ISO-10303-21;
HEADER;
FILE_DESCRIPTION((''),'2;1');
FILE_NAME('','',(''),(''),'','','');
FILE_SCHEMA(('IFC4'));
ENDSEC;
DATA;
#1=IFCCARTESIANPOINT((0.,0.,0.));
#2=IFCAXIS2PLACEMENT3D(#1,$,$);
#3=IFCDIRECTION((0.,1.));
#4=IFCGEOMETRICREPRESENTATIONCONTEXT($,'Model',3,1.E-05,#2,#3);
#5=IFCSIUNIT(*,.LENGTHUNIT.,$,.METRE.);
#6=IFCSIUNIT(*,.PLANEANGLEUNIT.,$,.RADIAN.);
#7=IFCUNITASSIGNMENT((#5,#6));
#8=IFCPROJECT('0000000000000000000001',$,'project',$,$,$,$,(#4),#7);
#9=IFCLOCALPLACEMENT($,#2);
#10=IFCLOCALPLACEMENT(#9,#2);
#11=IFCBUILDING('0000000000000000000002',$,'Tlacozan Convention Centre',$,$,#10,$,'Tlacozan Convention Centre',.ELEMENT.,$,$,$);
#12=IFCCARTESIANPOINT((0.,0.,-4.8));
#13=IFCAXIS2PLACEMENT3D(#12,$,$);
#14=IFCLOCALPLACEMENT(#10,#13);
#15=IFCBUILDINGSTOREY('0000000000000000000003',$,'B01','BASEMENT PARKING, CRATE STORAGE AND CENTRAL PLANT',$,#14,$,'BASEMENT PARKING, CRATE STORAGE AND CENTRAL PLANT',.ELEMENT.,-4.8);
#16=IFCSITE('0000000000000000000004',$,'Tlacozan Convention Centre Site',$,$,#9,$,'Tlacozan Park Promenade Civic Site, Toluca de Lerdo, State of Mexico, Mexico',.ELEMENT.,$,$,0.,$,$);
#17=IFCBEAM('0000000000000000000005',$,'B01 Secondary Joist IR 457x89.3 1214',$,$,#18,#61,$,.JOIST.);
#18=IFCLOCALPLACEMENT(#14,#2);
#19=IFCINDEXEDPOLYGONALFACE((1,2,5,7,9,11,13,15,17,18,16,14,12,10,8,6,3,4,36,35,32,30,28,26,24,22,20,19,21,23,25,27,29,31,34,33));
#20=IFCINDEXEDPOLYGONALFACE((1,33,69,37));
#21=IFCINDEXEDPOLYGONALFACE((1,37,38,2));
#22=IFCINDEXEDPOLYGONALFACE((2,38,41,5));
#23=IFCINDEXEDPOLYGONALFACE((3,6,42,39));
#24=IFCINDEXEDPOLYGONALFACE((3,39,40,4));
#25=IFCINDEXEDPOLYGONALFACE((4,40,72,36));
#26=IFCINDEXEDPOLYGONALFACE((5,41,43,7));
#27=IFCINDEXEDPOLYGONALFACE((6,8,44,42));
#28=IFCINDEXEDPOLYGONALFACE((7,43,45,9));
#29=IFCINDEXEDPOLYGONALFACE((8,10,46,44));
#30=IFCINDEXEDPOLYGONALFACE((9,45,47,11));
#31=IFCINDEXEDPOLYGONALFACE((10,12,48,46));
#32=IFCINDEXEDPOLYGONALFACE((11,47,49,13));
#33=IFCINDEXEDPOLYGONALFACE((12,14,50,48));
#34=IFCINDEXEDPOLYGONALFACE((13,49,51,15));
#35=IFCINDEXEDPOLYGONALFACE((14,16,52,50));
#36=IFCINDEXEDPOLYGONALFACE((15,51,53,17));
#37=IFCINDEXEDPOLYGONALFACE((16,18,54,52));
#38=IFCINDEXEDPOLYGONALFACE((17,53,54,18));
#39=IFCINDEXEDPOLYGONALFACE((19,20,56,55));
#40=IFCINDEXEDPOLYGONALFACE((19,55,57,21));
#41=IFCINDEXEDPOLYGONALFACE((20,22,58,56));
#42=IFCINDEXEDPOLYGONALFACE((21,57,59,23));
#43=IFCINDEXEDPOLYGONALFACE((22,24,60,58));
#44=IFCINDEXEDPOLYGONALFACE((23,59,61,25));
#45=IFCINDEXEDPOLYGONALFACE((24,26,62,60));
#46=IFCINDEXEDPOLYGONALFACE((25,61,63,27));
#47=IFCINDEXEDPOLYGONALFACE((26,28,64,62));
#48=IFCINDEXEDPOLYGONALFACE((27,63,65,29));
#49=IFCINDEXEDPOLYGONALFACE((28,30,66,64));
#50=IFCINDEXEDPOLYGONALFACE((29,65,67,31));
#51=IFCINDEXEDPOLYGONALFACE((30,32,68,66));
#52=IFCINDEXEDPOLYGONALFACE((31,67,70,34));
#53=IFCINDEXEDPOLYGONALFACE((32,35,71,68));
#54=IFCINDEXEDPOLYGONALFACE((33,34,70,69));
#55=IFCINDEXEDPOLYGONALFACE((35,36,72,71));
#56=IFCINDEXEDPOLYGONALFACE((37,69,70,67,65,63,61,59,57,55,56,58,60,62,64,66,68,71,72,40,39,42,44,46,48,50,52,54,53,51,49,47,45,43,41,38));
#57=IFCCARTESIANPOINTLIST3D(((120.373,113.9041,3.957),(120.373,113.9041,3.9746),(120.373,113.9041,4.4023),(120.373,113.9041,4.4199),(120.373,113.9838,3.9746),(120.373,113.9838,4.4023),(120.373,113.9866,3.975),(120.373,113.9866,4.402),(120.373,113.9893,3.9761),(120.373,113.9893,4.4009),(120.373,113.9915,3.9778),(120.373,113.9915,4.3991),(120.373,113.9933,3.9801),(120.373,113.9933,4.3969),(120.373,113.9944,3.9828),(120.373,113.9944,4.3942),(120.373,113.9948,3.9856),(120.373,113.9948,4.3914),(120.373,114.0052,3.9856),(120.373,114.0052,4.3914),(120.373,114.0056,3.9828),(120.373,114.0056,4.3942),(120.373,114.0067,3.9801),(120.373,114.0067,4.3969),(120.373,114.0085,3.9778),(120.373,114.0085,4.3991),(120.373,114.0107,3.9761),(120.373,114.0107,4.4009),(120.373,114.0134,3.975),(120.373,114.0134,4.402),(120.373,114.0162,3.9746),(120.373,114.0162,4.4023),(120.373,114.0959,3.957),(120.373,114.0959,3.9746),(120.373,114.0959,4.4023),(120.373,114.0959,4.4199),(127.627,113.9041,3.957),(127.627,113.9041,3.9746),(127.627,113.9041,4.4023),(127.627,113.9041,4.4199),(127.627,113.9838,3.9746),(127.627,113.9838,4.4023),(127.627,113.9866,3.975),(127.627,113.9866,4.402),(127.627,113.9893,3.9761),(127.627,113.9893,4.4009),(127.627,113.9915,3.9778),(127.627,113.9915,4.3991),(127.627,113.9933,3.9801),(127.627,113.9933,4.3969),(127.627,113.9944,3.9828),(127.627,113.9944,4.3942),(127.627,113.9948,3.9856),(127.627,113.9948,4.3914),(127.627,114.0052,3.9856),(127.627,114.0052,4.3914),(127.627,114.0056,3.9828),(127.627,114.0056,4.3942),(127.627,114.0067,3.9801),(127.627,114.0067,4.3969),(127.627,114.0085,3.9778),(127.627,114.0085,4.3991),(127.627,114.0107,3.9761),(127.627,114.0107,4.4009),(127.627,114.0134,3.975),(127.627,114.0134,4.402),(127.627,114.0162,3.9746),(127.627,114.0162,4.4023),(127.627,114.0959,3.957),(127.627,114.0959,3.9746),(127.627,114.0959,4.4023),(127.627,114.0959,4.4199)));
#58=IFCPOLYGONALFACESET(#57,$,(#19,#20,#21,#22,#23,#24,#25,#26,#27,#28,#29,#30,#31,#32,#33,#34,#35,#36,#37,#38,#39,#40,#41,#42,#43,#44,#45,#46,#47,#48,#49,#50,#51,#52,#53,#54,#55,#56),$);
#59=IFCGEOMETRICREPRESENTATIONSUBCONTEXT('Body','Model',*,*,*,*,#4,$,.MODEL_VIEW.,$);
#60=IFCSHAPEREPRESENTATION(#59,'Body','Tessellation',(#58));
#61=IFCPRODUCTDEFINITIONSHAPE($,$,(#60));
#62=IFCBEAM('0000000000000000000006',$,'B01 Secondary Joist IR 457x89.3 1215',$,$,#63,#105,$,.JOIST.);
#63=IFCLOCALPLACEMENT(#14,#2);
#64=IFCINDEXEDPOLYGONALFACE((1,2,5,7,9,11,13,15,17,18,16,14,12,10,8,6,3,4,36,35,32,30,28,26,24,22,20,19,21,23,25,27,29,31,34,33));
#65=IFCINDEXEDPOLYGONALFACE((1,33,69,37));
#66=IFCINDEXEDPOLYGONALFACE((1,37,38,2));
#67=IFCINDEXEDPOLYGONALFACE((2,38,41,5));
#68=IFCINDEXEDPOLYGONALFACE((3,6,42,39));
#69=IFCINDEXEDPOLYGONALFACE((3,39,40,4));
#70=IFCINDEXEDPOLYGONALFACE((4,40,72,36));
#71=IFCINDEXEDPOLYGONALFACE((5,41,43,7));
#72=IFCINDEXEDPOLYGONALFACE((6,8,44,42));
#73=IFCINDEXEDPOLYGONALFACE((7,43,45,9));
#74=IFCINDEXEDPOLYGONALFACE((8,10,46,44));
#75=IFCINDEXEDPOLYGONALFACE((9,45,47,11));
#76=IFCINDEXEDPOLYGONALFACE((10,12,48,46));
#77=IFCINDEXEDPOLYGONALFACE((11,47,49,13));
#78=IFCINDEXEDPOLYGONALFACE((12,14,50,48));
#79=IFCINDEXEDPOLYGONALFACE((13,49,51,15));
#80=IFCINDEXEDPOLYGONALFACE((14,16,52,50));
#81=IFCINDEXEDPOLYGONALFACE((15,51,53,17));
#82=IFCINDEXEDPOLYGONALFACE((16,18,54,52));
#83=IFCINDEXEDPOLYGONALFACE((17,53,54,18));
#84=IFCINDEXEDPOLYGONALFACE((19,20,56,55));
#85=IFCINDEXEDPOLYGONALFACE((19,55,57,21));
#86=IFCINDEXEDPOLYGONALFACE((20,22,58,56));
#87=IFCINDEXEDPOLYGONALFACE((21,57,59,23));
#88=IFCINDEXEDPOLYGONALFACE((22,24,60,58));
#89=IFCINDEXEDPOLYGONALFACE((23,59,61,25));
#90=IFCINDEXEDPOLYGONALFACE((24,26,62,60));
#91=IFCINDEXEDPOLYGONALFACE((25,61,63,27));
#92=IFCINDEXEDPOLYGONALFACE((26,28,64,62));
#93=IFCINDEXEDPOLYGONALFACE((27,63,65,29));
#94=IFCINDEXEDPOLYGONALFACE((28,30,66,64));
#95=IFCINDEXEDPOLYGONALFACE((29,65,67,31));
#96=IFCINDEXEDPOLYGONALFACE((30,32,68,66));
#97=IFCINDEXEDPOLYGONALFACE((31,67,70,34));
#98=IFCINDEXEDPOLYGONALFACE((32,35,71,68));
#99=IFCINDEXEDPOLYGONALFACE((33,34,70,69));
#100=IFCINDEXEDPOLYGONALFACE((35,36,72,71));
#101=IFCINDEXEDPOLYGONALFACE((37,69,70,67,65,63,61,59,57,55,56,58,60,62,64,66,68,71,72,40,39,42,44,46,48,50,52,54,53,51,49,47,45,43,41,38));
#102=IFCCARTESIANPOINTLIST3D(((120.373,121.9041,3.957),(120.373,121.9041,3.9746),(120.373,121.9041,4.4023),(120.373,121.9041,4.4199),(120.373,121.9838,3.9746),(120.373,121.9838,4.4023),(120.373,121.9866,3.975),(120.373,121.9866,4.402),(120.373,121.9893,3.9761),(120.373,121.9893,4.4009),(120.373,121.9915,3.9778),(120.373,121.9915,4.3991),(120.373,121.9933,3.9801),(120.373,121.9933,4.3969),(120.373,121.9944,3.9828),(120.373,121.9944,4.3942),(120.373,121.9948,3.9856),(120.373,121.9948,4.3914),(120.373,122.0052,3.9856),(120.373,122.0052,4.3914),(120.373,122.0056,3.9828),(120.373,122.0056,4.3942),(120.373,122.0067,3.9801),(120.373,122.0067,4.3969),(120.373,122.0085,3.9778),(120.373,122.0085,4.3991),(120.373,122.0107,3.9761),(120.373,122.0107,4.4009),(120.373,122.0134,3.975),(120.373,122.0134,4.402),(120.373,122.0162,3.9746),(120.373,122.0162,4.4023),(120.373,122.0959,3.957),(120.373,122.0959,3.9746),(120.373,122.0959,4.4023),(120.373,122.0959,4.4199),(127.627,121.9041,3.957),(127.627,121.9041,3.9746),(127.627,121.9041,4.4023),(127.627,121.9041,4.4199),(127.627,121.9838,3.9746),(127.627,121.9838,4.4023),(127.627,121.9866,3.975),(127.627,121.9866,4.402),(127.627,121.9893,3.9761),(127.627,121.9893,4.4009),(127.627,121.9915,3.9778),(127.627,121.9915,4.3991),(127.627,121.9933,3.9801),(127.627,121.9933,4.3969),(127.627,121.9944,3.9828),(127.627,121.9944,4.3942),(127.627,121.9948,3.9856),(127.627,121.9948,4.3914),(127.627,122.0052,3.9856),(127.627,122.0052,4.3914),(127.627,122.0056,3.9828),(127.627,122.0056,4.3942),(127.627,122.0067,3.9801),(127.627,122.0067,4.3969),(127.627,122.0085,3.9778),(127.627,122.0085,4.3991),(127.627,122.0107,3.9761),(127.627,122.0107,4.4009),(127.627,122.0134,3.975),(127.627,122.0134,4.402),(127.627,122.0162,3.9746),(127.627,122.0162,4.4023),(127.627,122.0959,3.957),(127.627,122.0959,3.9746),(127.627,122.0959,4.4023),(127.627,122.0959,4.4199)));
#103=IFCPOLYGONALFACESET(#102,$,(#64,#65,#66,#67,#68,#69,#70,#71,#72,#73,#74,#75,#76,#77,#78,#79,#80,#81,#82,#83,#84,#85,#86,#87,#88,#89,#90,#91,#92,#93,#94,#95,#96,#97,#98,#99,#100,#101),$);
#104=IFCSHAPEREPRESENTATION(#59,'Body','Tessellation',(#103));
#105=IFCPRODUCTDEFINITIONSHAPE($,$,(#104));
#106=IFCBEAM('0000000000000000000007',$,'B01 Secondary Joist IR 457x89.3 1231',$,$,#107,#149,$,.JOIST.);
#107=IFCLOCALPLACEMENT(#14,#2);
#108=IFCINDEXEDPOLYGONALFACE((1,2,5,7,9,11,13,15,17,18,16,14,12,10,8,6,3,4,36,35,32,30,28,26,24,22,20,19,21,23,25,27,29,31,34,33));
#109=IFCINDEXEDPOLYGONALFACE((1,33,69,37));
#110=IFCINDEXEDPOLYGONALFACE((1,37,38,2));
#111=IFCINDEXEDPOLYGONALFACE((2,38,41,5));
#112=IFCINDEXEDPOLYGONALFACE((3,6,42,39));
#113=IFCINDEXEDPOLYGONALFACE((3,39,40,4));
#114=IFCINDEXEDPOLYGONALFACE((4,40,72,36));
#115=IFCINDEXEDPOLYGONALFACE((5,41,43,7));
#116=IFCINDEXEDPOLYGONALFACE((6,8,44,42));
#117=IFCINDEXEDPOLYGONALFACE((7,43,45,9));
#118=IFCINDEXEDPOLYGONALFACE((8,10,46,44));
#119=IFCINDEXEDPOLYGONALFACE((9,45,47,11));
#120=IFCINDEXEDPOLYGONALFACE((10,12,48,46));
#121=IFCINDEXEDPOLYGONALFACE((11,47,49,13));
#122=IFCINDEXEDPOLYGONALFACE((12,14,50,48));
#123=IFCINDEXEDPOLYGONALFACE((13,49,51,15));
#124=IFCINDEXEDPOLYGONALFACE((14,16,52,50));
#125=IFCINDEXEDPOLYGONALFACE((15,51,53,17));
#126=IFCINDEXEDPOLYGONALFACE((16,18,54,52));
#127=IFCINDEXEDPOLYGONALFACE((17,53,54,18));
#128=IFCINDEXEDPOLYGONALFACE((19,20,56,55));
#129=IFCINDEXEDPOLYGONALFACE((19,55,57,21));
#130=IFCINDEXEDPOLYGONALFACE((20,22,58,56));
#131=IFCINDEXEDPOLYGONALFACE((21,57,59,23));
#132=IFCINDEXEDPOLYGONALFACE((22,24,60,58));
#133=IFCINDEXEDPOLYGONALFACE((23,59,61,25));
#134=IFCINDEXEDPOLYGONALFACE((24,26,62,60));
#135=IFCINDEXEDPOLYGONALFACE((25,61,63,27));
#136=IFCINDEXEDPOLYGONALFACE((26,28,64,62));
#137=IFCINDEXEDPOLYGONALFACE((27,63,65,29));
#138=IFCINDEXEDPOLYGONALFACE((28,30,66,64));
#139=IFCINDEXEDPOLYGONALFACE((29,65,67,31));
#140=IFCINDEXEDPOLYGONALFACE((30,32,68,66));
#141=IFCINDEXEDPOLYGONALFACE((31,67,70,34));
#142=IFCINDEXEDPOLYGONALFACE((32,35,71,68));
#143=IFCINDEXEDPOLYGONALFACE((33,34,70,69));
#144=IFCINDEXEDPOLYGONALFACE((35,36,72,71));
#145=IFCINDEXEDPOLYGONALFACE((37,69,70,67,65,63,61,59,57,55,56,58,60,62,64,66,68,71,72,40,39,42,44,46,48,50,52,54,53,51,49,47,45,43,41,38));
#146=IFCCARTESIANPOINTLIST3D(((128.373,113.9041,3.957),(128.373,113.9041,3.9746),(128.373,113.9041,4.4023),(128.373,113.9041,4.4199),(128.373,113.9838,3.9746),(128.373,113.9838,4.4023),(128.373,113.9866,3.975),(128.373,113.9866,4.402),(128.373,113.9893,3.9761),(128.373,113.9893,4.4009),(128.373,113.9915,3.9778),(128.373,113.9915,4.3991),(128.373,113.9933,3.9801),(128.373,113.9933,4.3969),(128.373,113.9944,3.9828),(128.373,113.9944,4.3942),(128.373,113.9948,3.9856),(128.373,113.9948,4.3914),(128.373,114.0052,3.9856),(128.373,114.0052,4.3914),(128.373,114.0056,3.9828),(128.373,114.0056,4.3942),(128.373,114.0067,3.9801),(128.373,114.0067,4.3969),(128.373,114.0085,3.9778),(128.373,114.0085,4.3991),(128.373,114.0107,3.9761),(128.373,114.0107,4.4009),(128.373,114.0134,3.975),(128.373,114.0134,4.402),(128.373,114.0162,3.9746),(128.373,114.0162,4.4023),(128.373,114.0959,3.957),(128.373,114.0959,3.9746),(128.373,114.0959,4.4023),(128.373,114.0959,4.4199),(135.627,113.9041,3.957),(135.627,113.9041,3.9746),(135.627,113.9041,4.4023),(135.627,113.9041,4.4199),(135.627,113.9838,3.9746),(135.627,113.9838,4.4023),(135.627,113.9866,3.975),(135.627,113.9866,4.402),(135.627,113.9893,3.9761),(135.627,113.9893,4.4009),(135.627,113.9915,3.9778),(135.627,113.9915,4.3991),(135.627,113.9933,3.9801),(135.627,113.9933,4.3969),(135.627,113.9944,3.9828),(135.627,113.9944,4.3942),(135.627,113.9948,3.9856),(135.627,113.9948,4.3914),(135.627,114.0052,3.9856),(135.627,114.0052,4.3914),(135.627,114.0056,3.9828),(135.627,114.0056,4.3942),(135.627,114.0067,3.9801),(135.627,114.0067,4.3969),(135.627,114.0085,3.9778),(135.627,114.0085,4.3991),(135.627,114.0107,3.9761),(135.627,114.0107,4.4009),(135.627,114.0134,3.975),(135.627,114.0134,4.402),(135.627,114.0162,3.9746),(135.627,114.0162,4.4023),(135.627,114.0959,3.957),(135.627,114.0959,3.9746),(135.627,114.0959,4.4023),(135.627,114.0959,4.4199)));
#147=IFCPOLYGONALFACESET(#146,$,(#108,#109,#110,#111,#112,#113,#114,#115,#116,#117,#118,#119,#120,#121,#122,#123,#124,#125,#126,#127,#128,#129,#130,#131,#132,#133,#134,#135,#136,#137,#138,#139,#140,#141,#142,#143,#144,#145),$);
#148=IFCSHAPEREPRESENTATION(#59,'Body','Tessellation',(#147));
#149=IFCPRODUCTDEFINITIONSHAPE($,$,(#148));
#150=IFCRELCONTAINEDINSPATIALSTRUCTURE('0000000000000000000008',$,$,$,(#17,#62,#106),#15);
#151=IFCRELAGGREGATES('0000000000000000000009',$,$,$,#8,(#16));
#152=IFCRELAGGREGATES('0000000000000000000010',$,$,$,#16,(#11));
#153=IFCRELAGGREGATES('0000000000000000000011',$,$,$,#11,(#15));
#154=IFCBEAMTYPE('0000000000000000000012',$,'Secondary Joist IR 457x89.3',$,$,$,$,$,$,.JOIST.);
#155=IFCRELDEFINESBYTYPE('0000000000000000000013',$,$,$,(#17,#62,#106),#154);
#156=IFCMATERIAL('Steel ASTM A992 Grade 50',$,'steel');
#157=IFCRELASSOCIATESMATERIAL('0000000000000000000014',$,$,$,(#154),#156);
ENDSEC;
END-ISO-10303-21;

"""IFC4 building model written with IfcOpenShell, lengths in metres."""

from ifc_helpers import new_model, si_unit, direction, frame, origin, origin_2d, place, context, subcontext, project, spatial, i_section, extrude, material, material_profile, profile_set, type_object, element, save


model = new_model("IFC4")

# Units and contexts
model_context = context("Model", 3, precision=1e-05, world=origin(), true_north=direction((0.0, 1.0)))
body_context = subcontext(model_context, "Body", "Model", "MODEL_VIEW")
ifc_project = project(units=[si_unit("LENGTHUNIT", "METRE"), si_unit("PLANEANGLEUNIT", "RADIAN")], contexts=[model_context])

# Site, building, storey
site_placement = place(None, origin())
site = spatial("IfcSite", under=ifc_project, at=site_placement, Name="Tlacozan Convention Centre Site", LongName="Tlacozan Park Promenade Civic Site, Toluca de Lerdo, State of Mexico, Mexico", CompositionType="ELEMENT", RefElevation=0.0)
building_placement = place(site_placement, origin())
building = spatial("IfcBuilding", under=site, at=building_placement, Name="Tlacozan Convention Centre", LongName="Tlacozan Convention Centre", CompositionType="ELEMENT")
storey_placement = place(building_placement, frame((0.0, 0.0, -4.8)))
storey = spatial("IfcBuildingStorey", under=building, at=storey_placement, Name="B01", Description="BASEMENT PARKING, CRATE STORAGE AND CENTRAL PLANT", LongName="BASEMENT PARKING, CRATE STORAGE AND CENTRAL PLANT", CompositionType="ELEMENT", Elevation=-4.8)

# Beams
ifc_material_1 = material(Name="Steel ASTM A992 Grade 50", Category="steel")
ifc_material_profile_1 = material_profile(ifc_material_1, i_section(OverallWidth=0.1919, OverallDepth=0.4629, WebThickness=0.0105, FlangeThickness=0.0176, FilletRadius=0.011, at=origin_2d()), Name="IR 457x89.3")
ifc_profile_set_1 = profile_set([ifc_material_profile_1], Name="Steel ASTM A992 Grade 50")
beam_type_1 = type_object("IfcBeamType", Name="Secondary Joist IR 457x89.3", PredefinedType="JOIST", material=ifc_profile_set_1)
for number, where, z_axis, x_axis, name in (
    (1, (120.373, 114.0, 4.1885), (1.0, 0.0, 0.0), (0.0, 1.0, 0.0), "B01 Secondary Joist IR 457x89.3 1214"),
    (2, (120.373, 122.0, 4.1885), (1.0, 0.0, 0.0), (0.0, 1.0, 0.0), "B01 Secondary Joist IR 457x89.3 1215"),
    (3, (128.373, 114.0, 4.1885), (1.0, 0.0, 0.0), (0.0, 1.0, 0.0), "B01 Secondary Joist IR 457x89.3 1231"),
):
    element("IfcBeam", number, at=place(storey_placement, frame(where, z_axis=z_axis, x_axis=x_axis)), inside=storey, type_object=beam_type_1, Name=name, PredefinedType="JOIST", context=body_context, shape_type="SweptSolid", body=[
        extrude(i_section(OverallWidth=0.1919, OverallDepth=0.4629, WebThickness=0.0105, FlangeThickness=0.0176, FilletRadius=0.011, at=origin_2d()), origin(), (0.0, 0.0, 1.0), 7.2539),
    ])

save(model, "model.ifc")
